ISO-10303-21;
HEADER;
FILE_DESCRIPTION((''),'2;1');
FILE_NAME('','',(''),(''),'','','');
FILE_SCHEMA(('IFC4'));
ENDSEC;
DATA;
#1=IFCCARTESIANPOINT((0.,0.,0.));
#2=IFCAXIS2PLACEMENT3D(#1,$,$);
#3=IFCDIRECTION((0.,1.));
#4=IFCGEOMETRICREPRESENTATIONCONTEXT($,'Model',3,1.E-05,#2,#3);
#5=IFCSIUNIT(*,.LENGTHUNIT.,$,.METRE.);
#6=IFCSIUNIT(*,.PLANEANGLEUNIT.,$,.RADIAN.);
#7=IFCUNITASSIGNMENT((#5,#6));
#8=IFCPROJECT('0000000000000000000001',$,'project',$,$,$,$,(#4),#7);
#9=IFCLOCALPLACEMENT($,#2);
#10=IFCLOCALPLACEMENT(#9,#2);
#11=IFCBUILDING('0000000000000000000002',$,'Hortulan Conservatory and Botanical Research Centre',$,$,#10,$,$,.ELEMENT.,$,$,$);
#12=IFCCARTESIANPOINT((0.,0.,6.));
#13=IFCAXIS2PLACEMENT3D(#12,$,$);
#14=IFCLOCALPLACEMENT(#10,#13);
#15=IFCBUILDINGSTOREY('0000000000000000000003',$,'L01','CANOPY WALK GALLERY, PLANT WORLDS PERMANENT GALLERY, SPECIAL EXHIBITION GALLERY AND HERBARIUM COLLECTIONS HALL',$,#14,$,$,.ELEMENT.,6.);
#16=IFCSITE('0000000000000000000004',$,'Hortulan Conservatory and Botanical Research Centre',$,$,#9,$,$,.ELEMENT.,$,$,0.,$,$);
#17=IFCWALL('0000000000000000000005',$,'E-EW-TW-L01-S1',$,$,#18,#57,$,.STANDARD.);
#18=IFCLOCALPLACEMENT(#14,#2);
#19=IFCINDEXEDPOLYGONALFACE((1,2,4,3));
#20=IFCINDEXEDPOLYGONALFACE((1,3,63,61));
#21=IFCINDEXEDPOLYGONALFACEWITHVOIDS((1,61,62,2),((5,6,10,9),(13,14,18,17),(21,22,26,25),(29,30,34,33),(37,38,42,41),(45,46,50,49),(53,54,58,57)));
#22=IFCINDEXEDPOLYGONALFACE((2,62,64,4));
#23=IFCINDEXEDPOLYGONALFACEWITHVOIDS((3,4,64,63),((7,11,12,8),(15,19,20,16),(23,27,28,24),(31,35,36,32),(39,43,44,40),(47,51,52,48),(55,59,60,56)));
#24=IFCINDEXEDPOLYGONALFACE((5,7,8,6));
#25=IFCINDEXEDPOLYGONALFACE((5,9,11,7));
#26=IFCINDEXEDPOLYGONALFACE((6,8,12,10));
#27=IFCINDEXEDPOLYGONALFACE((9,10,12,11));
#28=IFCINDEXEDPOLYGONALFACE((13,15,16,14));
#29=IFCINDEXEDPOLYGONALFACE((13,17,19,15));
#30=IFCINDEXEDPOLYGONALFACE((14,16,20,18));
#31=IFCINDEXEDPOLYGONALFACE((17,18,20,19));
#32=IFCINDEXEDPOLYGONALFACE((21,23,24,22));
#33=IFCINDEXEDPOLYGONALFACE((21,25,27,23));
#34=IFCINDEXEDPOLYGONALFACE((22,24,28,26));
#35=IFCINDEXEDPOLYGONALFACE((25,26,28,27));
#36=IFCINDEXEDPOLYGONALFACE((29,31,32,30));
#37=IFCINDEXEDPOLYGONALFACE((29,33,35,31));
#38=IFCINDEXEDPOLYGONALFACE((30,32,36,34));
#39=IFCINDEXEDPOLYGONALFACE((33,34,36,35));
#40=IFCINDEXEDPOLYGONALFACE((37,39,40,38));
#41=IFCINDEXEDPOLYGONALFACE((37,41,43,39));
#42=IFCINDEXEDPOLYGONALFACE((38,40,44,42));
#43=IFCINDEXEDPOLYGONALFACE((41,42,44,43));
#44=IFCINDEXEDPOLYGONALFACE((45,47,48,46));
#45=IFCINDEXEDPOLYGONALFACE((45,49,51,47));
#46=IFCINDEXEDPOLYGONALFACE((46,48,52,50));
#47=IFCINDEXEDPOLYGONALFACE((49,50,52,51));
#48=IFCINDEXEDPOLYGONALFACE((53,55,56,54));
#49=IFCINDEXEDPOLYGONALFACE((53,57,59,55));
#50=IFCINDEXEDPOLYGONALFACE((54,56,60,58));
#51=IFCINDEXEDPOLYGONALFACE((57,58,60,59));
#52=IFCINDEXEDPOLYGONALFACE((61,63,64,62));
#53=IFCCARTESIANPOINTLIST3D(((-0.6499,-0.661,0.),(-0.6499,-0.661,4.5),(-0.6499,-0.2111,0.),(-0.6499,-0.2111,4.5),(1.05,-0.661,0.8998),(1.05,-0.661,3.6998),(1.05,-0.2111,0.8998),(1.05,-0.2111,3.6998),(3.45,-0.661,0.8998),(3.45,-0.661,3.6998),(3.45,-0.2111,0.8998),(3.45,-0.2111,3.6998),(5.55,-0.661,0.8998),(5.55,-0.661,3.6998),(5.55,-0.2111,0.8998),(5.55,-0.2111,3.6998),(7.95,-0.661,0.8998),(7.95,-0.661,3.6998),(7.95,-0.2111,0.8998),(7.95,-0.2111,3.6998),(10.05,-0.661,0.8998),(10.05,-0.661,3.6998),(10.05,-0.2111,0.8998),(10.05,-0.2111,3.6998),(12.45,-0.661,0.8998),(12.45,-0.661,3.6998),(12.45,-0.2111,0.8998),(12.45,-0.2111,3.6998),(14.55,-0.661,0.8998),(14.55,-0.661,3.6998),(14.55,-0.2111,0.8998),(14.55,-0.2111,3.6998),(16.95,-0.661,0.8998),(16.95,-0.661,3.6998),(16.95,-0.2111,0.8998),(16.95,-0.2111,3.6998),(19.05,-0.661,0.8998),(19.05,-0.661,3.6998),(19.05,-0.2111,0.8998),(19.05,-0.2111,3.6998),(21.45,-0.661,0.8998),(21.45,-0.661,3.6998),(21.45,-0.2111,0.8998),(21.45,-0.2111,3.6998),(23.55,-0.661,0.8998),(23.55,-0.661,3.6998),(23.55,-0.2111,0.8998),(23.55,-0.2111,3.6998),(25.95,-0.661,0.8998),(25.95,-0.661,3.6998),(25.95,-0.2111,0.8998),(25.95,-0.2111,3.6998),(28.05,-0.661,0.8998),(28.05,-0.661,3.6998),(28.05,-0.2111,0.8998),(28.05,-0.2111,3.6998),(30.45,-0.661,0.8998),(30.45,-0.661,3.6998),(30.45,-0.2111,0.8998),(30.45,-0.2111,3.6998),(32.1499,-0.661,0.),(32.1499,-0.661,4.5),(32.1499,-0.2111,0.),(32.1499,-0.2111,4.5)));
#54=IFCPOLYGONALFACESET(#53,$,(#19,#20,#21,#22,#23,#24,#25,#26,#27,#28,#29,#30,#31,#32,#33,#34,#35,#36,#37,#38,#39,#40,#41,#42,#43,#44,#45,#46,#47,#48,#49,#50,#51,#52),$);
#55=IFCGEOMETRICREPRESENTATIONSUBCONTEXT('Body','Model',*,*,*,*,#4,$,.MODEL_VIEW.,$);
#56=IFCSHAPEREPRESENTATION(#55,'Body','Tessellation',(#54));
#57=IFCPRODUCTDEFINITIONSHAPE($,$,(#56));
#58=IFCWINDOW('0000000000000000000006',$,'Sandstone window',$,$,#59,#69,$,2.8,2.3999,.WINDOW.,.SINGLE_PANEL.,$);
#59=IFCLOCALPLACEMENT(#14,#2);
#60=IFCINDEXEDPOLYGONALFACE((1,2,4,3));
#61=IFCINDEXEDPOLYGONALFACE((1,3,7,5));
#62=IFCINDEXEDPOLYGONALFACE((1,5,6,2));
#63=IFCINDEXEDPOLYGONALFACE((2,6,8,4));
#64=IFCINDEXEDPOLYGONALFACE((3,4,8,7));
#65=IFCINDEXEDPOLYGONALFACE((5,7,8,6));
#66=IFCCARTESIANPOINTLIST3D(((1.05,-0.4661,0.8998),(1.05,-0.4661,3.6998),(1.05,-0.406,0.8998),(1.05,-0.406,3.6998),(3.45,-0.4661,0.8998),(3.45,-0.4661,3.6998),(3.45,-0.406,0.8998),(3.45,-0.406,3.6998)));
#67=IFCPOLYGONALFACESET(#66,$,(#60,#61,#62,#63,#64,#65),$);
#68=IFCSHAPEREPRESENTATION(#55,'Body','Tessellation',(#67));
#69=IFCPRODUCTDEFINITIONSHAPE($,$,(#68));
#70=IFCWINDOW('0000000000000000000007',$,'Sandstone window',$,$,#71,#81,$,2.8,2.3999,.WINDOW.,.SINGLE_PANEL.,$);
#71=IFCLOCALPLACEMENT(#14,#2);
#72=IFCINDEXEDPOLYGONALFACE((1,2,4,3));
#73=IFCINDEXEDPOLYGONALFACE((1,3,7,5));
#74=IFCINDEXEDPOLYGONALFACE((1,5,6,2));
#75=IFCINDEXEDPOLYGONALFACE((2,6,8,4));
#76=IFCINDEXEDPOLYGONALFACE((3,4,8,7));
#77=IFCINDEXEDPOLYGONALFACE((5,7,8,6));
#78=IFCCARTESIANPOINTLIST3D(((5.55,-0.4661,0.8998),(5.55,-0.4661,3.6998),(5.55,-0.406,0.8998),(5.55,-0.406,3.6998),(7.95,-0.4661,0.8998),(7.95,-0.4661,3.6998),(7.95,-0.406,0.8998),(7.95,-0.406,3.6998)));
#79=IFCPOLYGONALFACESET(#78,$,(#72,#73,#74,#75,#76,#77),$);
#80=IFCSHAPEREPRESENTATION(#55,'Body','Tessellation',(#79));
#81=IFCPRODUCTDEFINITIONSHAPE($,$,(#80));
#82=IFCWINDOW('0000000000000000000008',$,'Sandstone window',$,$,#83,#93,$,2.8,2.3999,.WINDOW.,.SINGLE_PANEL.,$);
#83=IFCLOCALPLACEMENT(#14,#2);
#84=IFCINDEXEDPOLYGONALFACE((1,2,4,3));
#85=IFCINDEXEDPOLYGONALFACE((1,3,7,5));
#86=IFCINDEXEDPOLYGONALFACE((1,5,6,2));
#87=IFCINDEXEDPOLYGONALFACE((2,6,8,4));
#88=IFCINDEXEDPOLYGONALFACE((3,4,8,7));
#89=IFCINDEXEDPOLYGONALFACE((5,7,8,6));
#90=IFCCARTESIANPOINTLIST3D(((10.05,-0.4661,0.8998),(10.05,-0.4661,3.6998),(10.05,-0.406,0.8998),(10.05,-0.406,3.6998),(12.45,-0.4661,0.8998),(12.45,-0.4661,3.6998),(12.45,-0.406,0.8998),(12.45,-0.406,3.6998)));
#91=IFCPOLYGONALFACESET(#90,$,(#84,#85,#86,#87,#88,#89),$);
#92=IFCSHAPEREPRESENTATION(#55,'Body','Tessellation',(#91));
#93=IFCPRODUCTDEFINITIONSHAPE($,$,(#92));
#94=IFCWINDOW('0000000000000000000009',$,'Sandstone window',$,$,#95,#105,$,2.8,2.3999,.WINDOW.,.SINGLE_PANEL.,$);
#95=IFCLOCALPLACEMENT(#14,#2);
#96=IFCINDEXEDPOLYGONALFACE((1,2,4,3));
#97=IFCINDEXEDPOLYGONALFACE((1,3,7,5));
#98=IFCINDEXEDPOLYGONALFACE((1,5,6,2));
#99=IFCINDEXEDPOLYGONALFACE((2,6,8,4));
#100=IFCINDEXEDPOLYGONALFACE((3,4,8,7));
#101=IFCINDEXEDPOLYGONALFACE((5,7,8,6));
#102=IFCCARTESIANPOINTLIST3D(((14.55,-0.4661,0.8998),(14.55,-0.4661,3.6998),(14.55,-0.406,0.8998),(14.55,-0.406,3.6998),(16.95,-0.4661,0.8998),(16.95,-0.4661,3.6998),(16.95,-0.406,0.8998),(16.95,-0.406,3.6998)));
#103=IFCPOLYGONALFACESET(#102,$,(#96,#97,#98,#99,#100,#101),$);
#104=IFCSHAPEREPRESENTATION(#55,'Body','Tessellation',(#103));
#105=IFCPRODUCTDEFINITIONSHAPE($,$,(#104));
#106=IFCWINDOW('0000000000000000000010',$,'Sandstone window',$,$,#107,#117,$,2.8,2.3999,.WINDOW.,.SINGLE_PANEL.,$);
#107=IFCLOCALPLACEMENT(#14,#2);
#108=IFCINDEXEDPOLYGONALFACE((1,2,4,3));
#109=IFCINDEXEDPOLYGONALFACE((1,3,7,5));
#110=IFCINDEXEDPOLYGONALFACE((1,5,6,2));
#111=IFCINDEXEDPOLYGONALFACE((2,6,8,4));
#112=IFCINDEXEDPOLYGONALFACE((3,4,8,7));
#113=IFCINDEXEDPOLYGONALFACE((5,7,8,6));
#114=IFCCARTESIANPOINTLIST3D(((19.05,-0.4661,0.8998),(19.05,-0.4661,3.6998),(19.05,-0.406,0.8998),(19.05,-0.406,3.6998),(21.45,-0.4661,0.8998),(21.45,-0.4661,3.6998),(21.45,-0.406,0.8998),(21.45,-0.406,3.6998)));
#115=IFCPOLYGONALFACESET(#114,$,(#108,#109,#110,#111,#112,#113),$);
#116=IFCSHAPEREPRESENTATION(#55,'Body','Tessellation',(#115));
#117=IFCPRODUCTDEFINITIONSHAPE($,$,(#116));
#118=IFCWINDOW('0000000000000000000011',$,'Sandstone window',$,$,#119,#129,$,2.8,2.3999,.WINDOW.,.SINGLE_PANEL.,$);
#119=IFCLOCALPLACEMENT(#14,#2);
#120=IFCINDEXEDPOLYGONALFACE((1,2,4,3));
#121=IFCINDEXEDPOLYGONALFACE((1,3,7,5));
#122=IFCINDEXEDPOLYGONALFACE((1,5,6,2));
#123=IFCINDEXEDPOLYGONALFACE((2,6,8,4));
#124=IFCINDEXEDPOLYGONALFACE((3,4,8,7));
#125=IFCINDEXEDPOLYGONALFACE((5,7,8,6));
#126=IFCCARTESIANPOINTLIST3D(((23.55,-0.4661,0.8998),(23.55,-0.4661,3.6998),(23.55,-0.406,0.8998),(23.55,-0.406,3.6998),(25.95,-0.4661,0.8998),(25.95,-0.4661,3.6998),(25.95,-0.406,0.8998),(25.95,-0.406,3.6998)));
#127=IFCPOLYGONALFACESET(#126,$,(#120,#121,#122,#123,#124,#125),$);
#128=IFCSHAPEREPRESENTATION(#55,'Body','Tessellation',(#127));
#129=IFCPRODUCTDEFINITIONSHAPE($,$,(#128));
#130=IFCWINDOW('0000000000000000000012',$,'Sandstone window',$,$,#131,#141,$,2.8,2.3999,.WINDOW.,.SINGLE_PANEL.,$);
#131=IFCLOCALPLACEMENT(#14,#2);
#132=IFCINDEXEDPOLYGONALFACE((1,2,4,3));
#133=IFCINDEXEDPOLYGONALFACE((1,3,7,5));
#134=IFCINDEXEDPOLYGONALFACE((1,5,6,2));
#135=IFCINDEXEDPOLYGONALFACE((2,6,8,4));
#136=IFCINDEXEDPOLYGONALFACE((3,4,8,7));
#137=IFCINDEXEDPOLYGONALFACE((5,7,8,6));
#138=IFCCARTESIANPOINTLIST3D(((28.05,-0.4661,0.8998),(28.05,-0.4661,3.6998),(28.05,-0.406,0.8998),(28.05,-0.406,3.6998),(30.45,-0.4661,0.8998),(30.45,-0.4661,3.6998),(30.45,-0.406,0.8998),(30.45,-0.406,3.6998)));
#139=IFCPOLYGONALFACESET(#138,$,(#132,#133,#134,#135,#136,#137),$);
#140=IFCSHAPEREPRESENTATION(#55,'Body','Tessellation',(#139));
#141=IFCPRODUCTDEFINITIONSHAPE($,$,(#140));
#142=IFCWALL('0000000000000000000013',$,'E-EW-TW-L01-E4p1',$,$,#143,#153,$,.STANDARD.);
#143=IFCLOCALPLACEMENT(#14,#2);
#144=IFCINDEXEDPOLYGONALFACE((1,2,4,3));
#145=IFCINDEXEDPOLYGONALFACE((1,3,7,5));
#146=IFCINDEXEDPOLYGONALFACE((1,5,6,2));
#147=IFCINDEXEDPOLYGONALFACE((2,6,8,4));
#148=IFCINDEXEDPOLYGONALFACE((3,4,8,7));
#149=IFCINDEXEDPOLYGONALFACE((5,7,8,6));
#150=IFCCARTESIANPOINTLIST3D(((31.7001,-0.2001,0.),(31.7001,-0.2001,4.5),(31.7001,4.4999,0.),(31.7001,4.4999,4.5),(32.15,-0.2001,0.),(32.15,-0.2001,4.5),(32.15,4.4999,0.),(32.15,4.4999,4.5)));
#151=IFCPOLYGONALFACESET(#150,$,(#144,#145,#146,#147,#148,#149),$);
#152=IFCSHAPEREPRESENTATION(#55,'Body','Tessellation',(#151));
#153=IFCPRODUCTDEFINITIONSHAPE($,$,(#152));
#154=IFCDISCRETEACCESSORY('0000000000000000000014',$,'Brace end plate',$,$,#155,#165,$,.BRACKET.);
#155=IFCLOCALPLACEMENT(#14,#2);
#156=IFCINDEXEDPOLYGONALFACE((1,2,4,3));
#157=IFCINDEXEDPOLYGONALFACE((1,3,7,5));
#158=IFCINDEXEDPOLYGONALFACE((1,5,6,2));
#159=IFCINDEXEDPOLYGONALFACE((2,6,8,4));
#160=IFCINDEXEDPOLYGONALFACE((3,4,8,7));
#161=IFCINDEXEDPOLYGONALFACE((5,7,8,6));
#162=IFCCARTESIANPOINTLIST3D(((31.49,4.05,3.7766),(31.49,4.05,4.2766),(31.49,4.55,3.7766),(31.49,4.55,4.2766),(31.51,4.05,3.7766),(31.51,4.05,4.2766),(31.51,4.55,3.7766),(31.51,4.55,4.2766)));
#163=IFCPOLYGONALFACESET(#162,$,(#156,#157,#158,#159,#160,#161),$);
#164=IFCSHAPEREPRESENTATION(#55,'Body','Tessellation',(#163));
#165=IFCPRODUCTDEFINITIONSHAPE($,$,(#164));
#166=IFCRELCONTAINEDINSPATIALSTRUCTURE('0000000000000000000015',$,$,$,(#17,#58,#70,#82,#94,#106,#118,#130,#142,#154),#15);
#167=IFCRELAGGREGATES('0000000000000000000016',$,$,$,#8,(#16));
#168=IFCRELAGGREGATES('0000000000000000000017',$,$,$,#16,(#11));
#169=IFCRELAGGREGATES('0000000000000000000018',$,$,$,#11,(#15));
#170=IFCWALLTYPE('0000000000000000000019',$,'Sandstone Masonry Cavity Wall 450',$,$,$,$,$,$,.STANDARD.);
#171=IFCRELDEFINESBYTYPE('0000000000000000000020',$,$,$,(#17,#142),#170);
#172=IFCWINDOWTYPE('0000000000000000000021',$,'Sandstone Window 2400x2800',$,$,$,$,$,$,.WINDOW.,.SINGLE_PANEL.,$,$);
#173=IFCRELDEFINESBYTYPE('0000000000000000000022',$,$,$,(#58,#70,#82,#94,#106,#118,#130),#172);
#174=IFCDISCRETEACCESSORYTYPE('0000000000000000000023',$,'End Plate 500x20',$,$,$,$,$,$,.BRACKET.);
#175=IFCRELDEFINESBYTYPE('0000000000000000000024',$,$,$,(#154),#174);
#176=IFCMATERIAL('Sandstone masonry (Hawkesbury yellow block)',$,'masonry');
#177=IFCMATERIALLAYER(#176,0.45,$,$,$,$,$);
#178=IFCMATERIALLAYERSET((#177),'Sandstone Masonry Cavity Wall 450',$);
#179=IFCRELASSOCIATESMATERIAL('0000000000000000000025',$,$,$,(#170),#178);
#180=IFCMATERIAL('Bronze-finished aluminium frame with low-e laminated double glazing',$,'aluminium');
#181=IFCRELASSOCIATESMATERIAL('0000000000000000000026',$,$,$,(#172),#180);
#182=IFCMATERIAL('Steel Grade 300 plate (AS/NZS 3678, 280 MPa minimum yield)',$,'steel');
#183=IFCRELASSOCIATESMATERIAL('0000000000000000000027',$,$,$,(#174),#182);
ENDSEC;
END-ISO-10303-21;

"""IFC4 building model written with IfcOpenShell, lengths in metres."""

from ifc_helpers import new_model, si_unit, direction, frame, frame_2d, origin, origin_2d, place, context, subcontext, project, spatial, rectangle, extrude, material, layer, layer_set, type_object, element, fill, save


model = new_model("IFC4")

# Units and contexts
model_context = context("Model", 3, precision=1e-05, world=origin(), true_north=direction((0.0, 1.0)))
body_context = subcontext(model_context, "Body", "Model", "MODEL_VIEW")
ifc_project = project(units=[si_unit("LENGTHUNIT", "METRE"), si_unit("PLANEANGLEUNIT", "RADIAN")], contexts=[model_context])

# Site, building, storey
site_placement = place(None, origin())
site = spatial("IfcSite", under=ifc_project, at=site_placement, Name="Hortulan Conservatory and Botanical Research Centre", CompositionType="ELEMENT", RefElevation=0.0)
building_placement = place(site_placement, origin())
building = spatial("IfcBuilding", under=site, at=building_placement, Name="Hortulan Conservatory and Botanical Research Centre", CompositionType="ELEMENT")
storey_placement = place(building_placement, frame((0.0, 0.0, 6.0)))
storey = spatial("IfcBuildingStorey", under=building, at=storey_placement, Name="L01", Description="CANOPY WALK GALLERY, PLANT WORLDS PERMANENT GALLERY, SPECIAL EXHIBITION GALLERY AND HERBARIUM COLLECTIONS HALL", CompositionType="ELEMENT", Elevation=6.0)

# Wall, openings, windows
ifc_material_1 = material(Name="Sandstone masonry (Hawkesbury yellow block)", Category="masonry")
ifc_layer_1 = layer(ifc_material_1, 0.45)
ifc_layer_set_1 = layer_set([ifc_layer_1], Name="Sandstone Masonry Cavity Wall 450")
wall_type = type_object("IfcWallType", Name="Sandstone Masonry Cavity Wall 450", PredefinedType="STANDARD", material=ifc_layer_set_1)
wall_1_placement = place(storey_placement, frame((32.1499, -0.436, 0.0), z_axis=(0.0, 0.0, 1.0), x_axis=(-1.0, 0.0, 0.0)))
wall_1 = element("IfcWall", 1, at=wall_1_placement, inside=storey, type_object=wall_type, Name="E-EW-TW-L01-S1", PredefinedType="STANDARD", context=body_context, shape_type="SweptSolid", body=[
    extrude(rectangle(XDim=32.7998, YDim=0.45, at=frame_2d((16.3999, 0.0))), origin(), (0.0, 0.0, 1.0), 4.5),
])
opening_1_placement = place(wall_1_placement, frame((28.7, 0.0, 0.8999)))
opening_1 = element("IfcOpeningElement", 2, at=opening_1_placement, cuts=wall_1, PredefinedType="OPENING", context=body_context, shape_type="SweptSolid", body=[
    extrude(rectangle(XDim=2.3999, YDim=2.8, at=frame_2d((1.2, 1.3999))), frame((0.0, 0.2349, 0.0), z_axis=(0.0, -1.0, 0.0), x_axis=(1.0, 0.0, 0.0)), (0.0, 0.0, 1.0), 0.47),
])
opening_2_placement = place(wall_1_placement, frame((24.2, 0.0, 0.8999)))
opening_2 = element("IfcOpeningElement", 3, at=opening_2_placement, cuts=wall_1, PredefinedType="OPENING", context=body_context, shape_type="SweptSolid", body=[
    extrude(rectangle(XDim=2.3999, YDim=2.8, at=frame_2d((1.2, 1.3999))), frame((0.0, 0.2349, 0.0), z_axis=(0.0, -1.0, 0.0), x_axis=(1.0, 0.0, 0.0)), (0.0, 0.0, 1.0), 0.47),
])
opening_3_placement = place(wall_1_placement, frame((19.7, 0.0, 0.8999)))
opening_3 = element("IfcOpeningElement", 4, at=opening_3_placement, cuts=wall_1, PredefinedType="OPENING", context=body_context, shape_type="SweptSolid", body=[
    extrude(rectangle(XDim=2.3999, YDim=2.8, at=frame_2d((1.2, 1.3999))), frame((0.0, 0.2349, 0.0), z_axis=(0.0, -1.0, 0.0), x_axis=(1.0, 0.0, 0.0)), (0.0, 0.0, 1.0), 0.47),
])
opening_4_placement = place(wall_1_placement, frame((15.2, 0.0, 0.8999)))
opening_4 = element("IfcOpeningElement", 5, at=opening_4_placement, cuts=wall_1, PredefinedType="OPENING", context=body_context, shape_type="SweptSolid", body=[
    extrude(rectangle(XDim=2.3999, YDim=2.8, at=frame_2d((1.2, 1.3999))), frame((0.0, 0.2349, 0.0), z_axis=(0.0, -1.0, 0.0), x_axis=(1.0, 0.0, 0.0)), (0.0, 0.0, 1.0), 0.47),
])
opening_5_placement = place(wall_1_placement, frame((10.7, 0.0, 0.8999)))
opening_5 = element("IfcOpeningElement", 6, at=opening_5_placement, cuts=wall_1, PredefinedType="OPENING", context=body_context, shape_type="SweptSolid", body=[
    extrude(rectangle(XDim=2.3999, YDim=2.8, at=frame_2d((1.2, 1.3999))), frame((0.0, 0.2349, 0.0), z_axis=(0.0, -1.0, 0.0), x_axis=(1.0, 0.0, 0.0)), (0.0, 0.0, 1.0), 0.47),
])
opening_6_placement = place(wall_1_placement, frame((6.2, 0.0, 0.8999)))
opening_6 = element("IfcOpeningElement", 7, at=opening_6_placement, cuts=wall_1, PredefinedType="OPENING", context=body_context, shape_type="SweptSolid", body=[
    extrude(rectangle(XDim=2.3999, YDim=2.8, at=frame_2d((1.2, 1.3999))), frame((0.0, 0.2349, 0.0), z_axis=(0.0, -1.0, 0.0), x_axis=(1.0, 0.0, 0.0)), (0.0, 0.0, 1.0), 0.47),
])
opening_7_placement = place(wall_1_placement, frame((1.7, 0.0, 0.8999)))
opening_7 = element("IfcOpeningElement", 8, at=opening_7_placement, cuts=wall_1, PredefinedType="OPENING", context=body_context, shape_type="SweptSolid", body=[
    extrude(rectangle(XDim=2.3999, YDim=2.8, at=frame_2d((1.2, 1.3999))), frame((0.0, 0.2349, 0.0), z_axis=(0.0, -1.0, 0.0), x_axis=(1.0, 0.0, 0.0)), (0.0, 0.0, 1.0), 0.47),
])
ifc_material_2 = material(Name="Bronze-finished aluminium frame with low-e laminated double glazing", Category="aluminium")
window_type = type_object("IfcWindowType", Name="Sandstone Window 2400x2800", PartitioningType="SINGLE_PANEL", PredefinedType="WINDOW", material=ifc_material_2)
window_1_placement = place(opening_1_placement, origin())
window_1 = element("IfcWindow", 9, at=window_1_placement, inside=storey, type_object=window_type, Name="Sandstone window", OverallHeight=2.8, OverallWidth=2.3999, PartitioningType="SINGLE_PANEL", PredefinedType="WINDOW", context=body_context, shape_type="SweptSolid", body=[
    extrude(rectangle(XDim=2.3999, YDim=2.8, at=frame_2d((1.2, 1.3999))), frame((0.0, 0.03, 0.0), z_axis=(0.0, -1.0, 0.0), x_axis=(1.0, 0.0, 0.0)), (0.0, 0.0, 1.0), 0.0601),
])
fill(opening_1, window_1)
window_2_placement = place(opening_2_placement, origin())
window_2 = element("IfcWindow", 10, at=window_2_placement, inside=storey, type_object=window_type, Name="Sandstone window", OverallHeight=2.8, OverallWidth=2.3999, PartitioningType="SINGLE_PANEL", PredefinedType="WINDOW", context=body_context, shape_type="SweptSolid", body=[
    extrude(rectangle(XDim=2.3999, YDim=2.8, at=frame_2d((1.2, 1.3999))), frame((0.0, 0.03, 0.0), z_axis=(0.0, -1.0, 0.0), x_axis=(1.0, 0.0, 0.0)), (0.0, 0.0, 1.0), 0.0601),
])
fill(opening_2, window_2)
window_3_placement = place(opening_3_placement, origin())
window_3 = element("IfcWindow", 11, at=window_3_placement, inside=storey, type_object=window_type, Name="Sandstone window", OverallHeight=2.8, OverallWidth=2.3999, PartitioningType="SINGLE_PANEL", PredefinedType="WINDOW", context=body_context, shape_type="SweptSolid", body=[
    extrude(rectangle(XDim=2.3999, YDim=2.8, at=frame_2d((1.2, 1.3999))), frame((0.0, 0.03, 0.0), z_axis=(0.0, -1.0, 0.0), x_axis=(1.0, 0.0, 0.0)), (0.0, 0.0, 1.0), 0.0601),
])
fill(opening_3, window_3)
window_4_placement = place(opening_4_placement, origin())
window_4 = element("IfcWindow", 12, at=window_4_placement, inside=storey, type_object=window_type, Name="Sandstone window", OverallHeight=2.8, OverallWidth=2.3999, PartitioningType="SINGLE_PANEL", PredefinedType="WINDOW", context=body_context, shape_type="SweptSolid", body=[
    extrude(rectangle(XDim=2.3999, YDim=2.8, at=frame_2d((1.2, 1.3999))), frame((0.0, 0.03, 0.0), z_axis=(0.0, -1.0, 0.0), x_axis=(1.0, 0.0, 0.0)), (0.0, 0.0, 1.0), 0.0601),
])
fill(opening_4, window_4)
window_5_placement = place(opening_5_placement, origin())
window_5 = element("IfcWindow", 13, at=window_5_placement, inside=storey, type_object=window_type, Name="Sandstone window", OverallHeight=2.8, OverallWidth=2.3999, PartitioningType="SINGLE_PANEL", PredefinedType="WINDOW", context=body_context, shape_type="SweptSolid", body=[
    extrude(rectangle(XDim=2.3999, YDim=2.8, at=frame_2d((1.2, 1.3999))), frame((0.0, 0.03, 0.0), z_axis=(0.0, -1.0, 0.0), x_axis=(1.0, 0.0, 0.0)), (0.0, 0.0, 1.0), 0.0601),
])
fill(opening_5, window_5)
window_6_placement = place(opening_6_placement, origin())
window_6 = element("IfcWindow", 14, at=window_6_placement, inside=storey, type_object=window_type, Name="Sandstone window", OverallHeight=2.8, OverallWidth=2.3999, PartitioningType="SINGLE_PANEL", PredefinedType="WINDOW", context=body_context, shape_type="SweptSolid", body=[
    extrude(rectangle(XDim=2.3999, YDim=2.8, at=frame_2d((1.2, 1.3999))), frame((0.0, 0.03, 0.0), z_axis=(0.0, -1.0, 0.0), x_axis=(1.0, 0.0, 0.0)), (0.0, 0.0, 1.0), 0.0601),
])
fill(opening_6, window_6)
window_7_placement = place(opening_7_placement, origin())
window_7 = element("IfcWindow", 15, at=window_7_placement, inside=storey, type_object=window_type, Name="Sandstone window", OverallHeight=2.8, OverallWidth=2.3999, PartitioningType="SINGLE_PANEL", PredefinedType="WINDOW", context=body_context, shape_type="SweptSolid", body=[
    extrude(rectangle(XDim=2.3999, YDim=2.8, at=frame_2d((1.2, 1.3999))), frame((0.0, 0.03, 0.0), z_axis=(0.0, -1.0, 0.0), x_axis=(1.0, 0.0, 0.0)), (0.0, 0.0, 1.0), 0.0601),
])
fill(opening_7, window_7)

# Wall
wall_2_placement = place(storey_placement, frame((31.925, 4.5, 0.0), z_axis=(0.0, 0.0, 1.0), x_axis=(0.0, -1.0, 0.0)))
element("IfcWall", 16, at=wall_2_placement, inside=storey, type_object=wall_type, Name="E-EW-TW-L01-E4p1", PredefinedType="STANDARD", context=body_context, shape_type="SweptSolid", body=[
    extrude(rectangle(XDim=4.7, YDim=0.45, at=frame_2d((2.3501, 0.0))), origin(), (0.0, 0.0, 1.0), 4.5),
])

# Discrete accessory
ifc_material_3 = material(Name="Steel Grade 300 plate (AS/NZS 3678, 280 MPa minimum yield)", Category="steel")
discrete_accessory_type = type_object("IfcDiscreteAccessoryType", Name="End Plate 500x20", PredefinedType="BRACKET", material=ifc_material_3)
discrete_accessory_placement = place(storey_placement, frame((31.5, 4.3, 3.7766), z_axis=(0.0, 0.0, 1.0), x_axis=(0.0, -1.0, 0.0)))
element("IfcDiscreteAccessory", 17, at=discrete_accessory_placement, inside=storey, type_object=discrete_accessory_type, Name="Brace end plate", PredefinedType="BRACKET", context=body_context, shape_type="SweptSolid", body=[
    extrude(rectangle(XDim=0.5, YDim=0.02, at=origin_2d()), origin(), (0.0, 0.0, 1.0), 0.5),
])

save(model, "model.ifc")
